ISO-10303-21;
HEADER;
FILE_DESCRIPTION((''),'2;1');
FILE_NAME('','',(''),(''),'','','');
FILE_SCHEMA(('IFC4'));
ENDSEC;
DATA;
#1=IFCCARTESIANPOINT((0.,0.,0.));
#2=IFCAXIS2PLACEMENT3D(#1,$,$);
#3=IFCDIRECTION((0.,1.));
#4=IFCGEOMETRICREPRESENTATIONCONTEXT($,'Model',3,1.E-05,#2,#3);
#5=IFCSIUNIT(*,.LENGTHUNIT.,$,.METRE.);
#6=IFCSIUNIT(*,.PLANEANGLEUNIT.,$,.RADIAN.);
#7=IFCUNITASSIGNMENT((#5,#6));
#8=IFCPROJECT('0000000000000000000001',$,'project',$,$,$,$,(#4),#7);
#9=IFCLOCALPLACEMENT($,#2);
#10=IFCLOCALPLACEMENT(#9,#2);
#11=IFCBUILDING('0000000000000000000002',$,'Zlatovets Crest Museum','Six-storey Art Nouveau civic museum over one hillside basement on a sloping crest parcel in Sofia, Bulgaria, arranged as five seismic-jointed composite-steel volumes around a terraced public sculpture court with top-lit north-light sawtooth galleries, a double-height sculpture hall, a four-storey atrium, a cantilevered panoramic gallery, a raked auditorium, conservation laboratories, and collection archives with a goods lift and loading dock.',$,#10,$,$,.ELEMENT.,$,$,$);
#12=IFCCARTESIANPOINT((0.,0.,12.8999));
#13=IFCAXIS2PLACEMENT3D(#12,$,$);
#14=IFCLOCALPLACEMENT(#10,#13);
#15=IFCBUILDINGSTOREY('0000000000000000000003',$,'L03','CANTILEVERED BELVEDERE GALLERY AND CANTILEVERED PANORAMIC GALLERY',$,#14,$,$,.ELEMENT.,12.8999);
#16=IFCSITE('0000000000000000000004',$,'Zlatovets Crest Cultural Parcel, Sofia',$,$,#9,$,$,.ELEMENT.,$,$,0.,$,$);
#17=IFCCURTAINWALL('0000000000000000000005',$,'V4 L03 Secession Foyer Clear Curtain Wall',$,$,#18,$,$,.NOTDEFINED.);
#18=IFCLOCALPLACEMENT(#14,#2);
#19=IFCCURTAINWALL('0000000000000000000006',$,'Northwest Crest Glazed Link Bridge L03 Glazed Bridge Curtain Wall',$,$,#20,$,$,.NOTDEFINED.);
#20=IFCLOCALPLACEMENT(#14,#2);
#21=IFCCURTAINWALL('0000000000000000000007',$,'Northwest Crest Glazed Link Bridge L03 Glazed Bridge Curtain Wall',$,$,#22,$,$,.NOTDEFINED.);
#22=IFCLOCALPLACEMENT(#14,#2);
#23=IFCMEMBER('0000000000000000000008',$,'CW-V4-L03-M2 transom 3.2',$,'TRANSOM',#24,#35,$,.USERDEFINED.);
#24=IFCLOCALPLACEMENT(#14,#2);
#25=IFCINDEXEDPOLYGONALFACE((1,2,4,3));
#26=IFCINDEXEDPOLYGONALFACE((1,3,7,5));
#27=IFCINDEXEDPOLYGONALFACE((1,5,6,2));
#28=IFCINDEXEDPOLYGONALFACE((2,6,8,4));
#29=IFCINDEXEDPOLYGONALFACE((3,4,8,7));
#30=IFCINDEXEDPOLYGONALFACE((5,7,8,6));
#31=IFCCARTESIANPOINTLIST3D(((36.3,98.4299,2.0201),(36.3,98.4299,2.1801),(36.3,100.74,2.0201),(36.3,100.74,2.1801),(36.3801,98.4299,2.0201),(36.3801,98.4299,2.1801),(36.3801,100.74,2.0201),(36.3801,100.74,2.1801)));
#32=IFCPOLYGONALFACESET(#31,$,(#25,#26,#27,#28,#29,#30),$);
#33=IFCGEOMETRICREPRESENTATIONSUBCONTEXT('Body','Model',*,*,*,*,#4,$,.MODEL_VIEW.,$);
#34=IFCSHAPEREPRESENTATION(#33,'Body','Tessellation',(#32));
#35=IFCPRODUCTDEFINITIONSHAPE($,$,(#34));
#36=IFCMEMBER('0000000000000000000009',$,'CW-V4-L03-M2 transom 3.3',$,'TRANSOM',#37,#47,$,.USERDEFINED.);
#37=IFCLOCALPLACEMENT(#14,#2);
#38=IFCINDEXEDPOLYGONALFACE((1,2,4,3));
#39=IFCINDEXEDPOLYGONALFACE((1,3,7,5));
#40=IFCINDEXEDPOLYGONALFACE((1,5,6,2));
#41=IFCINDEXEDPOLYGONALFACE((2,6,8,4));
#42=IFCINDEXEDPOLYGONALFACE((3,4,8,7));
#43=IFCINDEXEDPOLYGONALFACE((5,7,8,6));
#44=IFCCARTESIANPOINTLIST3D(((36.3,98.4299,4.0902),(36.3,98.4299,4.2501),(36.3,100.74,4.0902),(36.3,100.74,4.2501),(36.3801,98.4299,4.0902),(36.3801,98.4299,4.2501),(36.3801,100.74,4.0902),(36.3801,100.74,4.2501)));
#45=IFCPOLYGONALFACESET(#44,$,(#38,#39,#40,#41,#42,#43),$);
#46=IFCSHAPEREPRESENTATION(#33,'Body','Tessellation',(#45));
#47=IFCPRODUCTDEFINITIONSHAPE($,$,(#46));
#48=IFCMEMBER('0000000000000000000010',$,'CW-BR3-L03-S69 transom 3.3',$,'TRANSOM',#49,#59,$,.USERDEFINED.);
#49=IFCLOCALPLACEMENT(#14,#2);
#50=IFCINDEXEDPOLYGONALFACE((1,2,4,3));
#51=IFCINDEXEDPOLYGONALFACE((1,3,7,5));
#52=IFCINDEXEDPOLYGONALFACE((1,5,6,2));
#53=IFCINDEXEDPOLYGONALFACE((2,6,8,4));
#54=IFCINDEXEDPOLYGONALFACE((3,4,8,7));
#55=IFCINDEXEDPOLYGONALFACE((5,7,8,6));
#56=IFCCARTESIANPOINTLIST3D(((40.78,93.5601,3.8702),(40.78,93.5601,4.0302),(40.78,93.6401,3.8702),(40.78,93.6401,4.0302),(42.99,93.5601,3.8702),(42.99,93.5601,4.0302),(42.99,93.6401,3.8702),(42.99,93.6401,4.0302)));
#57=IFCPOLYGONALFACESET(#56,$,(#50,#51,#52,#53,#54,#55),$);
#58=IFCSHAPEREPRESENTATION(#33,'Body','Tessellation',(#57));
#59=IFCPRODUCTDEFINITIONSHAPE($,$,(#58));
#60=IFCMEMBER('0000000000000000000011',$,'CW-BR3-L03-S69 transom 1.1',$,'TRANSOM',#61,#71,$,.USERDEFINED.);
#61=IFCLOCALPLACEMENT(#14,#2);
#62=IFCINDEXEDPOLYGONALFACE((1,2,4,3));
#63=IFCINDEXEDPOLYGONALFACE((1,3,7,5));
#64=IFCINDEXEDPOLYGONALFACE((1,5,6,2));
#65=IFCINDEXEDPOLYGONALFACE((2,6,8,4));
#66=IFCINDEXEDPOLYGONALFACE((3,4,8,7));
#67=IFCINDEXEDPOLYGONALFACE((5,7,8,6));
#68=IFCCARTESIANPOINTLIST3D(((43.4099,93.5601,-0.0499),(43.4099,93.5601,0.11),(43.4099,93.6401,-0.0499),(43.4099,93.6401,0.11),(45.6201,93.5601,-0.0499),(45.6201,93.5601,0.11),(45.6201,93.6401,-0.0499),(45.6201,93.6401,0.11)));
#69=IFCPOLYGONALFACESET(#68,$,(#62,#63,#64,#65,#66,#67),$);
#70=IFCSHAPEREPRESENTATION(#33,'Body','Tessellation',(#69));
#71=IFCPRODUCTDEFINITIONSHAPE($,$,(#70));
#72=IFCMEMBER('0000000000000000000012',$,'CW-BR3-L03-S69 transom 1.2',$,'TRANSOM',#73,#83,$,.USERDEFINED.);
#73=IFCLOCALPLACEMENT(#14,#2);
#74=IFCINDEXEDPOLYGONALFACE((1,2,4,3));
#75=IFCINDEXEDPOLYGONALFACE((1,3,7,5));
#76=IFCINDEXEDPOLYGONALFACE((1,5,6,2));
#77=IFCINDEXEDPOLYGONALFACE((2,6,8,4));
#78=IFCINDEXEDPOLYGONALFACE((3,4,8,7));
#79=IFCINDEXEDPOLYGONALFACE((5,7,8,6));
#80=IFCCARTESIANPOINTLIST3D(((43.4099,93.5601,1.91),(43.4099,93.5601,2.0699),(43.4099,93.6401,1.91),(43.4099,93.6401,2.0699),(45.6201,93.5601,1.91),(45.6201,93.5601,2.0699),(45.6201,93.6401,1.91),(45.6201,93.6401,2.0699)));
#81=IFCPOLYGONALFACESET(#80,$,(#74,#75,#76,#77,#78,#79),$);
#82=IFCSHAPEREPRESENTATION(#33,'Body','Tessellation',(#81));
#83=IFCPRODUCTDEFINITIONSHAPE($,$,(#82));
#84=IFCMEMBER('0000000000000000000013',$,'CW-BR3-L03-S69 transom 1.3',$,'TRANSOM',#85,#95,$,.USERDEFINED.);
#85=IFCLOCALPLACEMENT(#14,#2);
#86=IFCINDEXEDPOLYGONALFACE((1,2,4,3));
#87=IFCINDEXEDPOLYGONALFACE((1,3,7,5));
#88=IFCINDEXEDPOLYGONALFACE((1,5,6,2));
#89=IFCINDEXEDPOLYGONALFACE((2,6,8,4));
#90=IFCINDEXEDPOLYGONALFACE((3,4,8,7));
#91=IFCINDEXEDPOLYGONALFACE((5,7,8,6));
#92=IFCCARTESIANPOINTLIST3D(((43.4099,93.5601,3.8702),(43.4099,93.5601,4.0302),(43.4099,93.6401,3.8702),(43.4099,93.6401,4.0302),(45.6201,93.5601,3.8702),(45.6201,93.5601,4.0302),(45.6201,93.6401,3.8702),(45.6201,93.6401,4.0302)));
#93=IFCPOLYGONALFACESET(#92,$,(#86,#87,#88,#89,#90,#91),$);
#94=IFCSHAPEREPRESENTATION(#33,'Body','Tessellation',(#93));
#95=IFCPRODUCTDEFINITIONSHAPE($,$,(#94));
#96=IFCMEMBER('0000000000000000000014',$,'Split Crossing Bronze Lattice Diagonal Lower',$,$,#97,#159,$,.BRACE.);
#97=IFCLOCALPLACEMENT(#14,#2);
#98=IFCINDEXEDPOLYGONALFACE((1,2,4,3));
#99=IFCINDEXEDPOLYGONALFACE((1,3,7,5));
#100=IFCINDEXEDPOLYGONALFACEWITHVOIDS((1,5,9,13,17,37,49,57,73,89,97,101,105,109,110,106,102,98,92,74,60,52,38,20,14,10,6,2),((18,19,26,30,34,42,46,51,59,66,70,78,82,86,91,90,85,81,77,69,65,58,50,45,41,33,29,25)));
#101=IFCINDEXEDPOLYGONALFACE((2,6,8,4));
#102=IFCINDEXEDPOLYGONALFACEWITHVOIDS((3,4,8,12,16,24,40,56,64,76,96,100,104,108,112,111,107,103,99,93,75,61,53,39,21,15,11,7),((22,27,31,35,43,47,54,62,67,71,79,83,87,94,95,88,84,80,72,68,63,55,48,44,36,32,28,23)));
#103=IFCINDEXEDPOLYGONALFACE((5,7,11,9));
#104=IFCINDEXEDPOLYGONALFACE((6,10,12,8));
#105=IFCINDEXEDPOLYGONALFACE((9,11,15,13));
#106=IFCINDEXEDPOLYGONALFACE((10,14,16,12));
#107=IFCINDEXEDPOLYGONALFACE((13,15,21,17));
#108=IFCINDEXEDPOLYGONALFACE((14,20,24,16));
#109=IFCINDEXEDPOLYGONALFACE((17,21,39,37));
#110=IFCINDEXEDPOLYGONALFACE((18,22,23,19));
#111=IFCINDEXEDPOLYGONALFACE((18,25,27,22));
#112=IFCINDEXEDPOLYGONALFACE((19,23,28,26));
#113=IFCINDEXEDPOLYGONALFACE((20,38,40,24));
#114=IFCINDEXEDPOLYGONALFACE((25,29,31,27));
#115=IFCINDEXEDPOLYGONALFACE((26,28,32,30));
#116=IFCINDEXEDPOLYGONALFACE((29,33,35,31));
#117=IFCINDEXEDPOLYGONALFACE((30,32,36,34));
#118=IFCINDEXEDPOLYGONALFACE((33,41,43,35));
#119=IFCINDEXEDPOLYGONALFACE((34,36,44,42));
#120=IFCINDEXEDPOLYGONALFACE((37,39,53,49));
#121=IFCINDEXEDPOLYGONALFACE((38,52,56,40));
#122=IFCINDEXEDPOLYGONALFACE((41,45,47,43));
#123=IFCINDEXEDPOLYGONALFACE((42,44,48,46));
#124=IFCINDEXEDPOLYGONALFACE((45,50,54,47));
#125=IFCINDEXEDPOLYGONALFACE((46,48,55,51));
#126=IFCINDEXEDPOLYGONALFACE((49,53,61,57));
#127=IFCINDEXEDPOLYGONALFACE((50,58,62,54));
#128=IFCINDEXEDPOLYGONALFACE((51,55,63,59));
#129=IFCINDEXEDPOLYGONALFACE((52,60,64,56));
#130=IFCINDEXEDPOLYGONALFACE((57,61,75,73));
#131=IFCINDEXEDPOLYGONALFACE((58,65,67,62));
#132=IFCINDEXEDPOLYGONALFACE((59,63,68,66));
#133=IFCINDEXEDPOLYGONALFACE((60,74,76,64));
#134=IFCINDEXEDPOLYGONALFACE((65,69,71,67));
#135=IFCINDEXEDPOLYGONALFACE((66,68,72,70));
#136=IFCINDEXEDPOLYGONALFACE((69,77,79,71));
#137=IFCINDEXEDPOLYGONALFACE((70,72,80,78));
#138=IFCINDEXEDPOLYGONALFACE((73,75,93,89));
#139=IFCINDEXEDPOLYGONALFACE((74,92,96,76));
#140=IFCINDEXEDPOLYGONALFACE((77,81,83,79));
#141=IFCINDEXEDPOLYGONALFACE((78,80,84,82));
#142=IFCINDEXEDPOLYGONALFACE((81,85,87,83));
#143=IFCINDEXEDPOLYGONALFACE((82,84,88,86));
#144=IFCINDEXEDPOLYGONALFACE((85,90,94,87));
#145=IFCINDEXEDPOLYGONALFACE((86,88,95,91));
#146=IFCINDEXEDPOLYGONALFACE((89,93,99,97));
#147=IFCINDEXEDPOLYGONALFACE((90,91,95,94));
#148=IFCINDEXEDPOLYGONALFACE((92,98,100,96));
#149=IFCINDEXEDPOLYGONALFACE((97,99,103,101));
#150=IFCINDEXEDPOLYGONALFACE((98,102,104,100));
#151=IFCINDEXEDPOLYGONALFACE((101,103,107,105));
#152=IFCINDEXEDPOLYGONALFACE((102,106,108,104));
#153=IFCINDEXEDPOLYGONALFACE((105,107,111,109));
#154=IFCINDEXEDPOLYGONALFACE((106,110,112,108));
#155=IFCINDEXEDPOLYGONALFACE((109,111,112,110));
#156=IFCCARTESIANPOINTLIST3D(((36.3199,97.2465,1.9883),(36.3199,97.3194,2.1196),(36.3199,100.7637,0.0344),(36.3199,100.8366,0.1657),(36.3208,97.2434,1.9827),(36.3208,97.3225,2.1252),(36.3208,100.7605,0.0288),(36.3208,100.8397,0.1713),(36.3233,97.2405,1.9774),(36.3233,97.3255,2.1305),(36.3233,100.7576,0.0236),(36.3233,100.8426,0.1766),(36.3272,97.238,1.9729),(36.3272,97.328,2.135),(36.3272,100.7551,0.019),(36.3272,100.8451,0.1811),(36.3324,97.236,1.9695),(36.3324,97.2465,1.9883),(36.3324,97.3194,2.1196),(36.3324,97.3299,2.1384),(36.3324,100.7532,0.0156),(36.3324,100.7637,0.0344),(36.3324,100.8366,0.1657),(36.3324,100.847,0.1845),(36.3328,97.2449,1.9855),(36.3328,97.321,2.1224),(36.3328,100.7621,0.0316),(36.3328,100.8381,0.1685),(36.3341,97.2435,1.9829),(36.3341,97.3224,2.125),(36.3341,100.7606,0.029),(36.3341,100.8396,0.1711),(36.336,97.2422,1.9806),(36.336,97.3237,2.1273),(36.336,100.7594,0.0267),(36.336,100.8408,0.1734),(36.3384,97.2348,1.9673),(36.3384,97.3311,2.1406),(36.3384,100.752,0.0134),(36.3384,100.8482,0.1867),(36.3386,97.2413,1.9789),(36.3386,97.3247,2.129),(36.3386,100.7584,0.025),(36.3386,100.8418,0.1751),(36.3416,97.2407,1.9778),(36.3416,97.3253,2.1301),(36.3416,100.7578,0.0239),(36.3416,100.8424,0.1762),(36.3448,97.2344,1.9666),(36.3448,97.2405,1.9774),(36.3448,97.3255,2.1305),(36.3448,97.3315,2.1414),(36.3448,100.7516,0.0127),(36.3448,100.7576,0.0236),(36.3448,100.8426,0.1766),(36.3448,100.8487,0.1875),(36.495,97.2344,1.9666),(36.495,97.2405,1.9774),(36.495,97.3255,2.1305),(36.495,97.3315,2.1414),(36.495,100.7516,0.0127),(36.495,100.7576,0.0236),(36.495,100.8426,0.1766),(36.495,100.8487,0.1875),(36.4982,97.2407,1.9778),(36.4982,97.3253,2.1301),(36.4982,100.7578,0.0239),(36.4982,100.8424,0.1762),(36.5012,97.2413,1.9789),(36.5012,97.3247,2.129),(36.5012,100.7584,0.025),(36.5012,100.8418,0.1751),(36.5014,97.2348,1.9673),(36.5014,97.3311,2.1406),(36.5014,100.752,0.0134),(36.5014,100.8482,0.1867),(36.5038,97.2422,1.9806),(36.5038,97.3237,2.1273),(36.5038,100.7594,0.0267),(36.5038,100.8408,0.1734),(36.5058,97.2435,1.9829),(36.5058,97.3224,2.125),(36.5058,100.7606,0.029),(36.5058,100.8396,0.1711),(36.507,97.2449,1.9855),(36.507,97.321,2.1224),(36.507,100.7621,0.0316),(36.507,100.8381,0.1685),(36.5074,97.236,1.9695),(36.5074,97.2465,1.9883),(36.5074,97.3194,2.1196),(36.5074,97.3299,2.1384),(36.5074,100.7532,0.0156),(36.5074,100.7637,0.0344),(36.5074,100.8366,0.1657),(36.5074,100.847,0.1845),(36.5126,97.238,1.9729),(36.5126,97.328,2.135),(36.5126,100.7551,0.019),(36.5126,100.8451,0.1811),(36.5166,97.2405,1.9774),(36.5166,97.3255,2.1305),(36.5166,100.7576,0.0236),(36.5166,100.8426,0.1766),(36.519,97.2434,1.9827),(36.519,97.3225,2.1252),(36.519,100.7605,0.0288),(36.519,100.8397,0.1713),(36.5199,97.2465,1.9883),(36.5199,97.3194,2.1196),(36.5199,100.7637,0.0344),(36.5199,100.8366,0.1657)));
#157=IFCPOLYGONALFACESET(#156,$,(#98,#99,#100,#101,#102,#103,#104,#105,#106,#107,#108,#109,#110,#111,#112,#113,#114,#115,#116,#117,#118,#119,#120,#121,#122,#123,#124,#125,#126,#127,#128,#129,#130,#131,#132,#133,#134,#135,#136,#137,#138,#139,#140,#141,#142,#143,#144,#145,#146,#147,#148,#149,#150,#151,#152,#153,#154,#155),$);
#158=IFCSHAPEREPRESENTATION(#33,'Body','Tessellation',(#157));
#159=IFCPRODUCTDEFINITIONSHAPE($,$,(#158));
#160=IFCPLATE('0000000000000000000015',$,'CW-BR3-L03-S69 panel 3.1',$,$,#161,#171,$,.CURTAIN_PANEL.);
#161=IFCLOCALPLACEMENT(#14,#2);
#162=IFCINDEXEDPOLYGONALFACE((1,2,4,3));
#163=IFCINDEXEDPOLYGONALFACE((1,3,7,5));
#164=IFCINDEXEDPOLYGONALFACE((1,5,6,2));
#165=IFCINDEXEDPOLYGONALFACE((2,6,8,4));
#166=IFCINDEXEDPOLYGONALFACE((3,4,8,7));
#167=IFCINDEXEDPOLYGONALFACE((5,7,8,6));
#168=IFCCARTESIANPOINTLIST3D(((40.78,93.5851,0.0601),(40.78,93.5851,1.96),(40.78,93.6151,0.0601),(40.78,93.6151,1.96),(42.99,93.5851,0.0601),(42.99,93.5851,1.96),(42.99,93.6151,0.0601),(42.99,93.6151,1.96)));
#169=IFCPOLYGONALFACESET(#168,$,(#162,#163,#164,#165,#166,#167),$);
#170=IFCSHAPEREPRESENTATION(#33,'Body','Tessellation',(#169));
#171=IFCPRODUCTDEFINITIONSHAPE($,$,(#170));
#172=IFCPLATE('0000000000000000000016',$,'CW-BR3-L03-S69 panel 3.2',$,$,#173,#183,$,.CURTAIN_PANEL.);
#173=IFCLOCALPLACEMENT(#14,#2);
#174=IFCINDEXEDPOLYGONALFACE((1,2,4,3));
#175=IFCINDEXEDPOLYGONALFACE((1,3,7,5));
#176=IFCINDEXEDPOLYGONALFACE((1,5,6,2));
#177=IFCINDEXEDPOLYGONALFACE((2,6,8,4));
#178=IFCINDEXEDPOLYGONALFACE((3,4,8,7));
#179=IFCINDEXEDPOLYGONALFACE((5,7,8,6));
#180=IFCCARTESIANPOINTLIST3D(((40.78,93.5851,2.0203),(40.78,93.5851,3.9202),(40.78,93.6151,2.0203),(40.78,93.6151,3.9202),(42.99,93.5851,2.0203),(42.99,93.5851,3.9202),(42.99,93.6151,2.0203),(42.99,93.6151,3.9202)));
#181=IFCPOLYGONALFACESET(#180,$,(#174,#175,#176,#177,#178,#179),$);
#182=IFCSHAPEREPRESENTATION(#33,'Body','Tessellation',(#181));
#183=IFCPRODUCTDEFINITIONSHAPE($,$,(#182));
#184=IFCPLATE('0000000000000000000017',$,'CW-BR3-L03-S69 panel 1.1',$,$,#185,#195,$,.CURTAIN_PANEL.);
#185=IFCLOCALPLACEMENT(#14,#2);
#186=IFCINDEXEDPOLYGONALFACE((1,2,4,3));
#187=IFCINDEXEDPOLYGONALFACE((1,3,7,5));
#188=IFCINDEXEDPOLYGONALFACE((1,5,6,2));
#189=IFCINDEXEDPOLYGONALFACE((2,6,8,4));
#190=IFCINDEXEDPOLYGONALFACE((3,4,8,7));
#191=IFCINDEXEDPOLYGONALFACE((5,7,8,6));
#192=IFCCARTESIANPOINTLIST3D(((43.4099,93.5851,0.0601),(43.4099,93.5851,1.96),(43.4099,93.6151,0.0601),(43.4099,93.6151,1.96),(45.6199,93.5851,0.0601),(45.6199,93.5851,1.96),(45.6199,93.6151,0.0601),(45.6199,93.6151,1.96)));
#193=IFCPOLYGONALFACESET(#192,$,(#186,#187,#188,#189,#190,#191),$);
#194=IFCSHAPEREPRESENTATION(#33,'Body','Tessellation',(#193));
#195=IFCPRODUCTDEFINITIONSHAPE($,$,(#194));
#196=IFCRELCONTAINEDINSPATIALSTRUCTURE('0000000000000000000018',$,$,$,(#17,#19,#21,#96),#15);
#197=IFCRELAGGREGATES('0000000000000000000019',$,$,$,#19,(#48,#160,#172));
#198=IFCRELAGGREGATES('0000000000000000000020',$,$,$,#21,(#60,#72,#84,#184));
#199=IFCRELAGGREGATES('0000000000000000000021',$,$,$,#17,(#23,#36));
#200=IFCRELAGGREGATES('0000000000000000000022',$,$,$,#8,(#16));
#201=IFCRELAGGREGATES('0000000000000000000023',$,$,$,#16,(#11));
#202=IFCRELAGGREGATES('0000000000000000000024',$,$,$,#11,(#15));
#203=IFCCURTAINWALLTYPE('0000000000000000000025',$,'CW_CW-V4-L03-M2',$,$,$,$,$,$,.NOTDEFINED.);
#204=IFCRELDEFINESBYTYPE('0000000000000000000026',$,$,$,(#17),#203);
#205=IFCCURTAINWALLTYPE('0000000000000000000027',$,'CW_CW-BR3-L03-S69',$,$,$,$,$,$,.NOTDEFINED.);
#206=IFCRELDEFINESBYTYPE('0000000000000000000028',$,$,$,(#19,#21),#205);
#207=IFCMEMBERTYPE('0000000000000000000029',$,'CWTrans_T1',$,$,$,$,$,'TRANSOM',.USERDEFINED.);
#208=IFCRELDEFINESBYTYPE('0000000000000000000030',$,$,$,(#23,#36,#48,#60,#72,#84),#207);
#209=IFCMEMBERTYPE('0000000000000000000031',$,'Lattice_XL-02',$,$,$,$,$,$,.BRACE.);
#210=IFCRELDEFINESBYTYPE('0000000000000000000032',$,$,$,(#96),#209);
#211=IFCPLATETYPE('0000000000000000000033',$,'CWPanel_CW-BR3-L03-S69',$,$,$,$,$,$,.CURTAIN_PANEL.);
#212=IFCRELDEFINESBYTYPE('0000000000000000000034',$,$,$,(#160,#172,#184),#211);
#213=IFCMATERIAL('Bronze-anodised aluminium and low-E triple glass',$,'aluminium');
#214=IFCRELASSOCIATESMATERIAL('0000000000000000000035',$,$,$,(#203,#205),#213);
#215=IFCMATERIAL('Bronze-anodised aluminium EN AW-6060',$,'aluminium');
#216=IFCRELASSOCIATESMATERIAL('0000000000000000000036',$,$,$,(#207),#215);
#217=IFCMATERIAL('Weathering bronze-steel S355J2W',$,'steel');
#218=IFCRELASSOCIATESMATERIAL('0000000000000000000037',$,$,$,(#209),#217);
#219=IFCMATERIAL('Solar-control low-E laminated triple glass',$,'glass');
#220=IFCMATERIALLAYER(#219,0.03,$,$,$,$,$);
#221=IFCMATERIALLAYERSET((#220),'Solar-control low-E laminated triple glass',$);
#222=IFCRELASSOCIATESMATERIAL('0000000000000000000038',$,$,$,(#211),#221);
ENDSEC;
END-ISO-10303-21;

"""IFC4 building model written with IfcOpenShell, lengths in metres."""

from ifc_helpers import new_model, si_unit, direction, frame, origin, origin_2d, place, context, subcontext, project, spatial, rectangle, hollow_rectangle, extrude, material, layer, layer_set, material_profile, profile_set, type_object, element, aggregate, save


model = new_model("IFC4")

# Units and contexts
model_context = context("Model", 3, precision=1e-05, world=origin(), true_north=direction((0.0, 1.0)))
body_context = subcontext(model_context, "Body", "Model", "MODEL_VIEW")
ifc_project = project(units=[si_unit("LENGTHUNIT", "METRE"), si_unit("PLANEANGLEUNIT", "RADIAN")], contexts=[model_context])

# Site, building, storey
site_placement = place(None, origin())
site = spatial("IfcSite", under=ifc_project, at=site_placement, Name="Zlatovets Crest Cultural Parcel, Sofia", CompositionType="ELEMENT", RefElevation=0.0)
building_placement = place(site_placement, origin())
building = spatial("IfcBuilding", under=site, at=building_placement, Name="Zlatovets Crest Museum", Description="Six-storey Art Nouveau civic museum over one hillside basement on a sloping crest parcel in Sofia, Bulgaria, arranged as five seismic-jointed composite-steel volumes around a terraced public sculpture court with top-lit north-light sawtooth galleries, a double-height sculpture hall, a four-storey atrium, a cantilevered panoramic gallery, a raked auditorium, conservation laboratories, and collection archives with a goods lift and loading dock.", CompositionType="ELEMENT")
storey_placement = place(building_placement, frame((0.0, 0.0, 12.8999)))
storey = spatial("IfcBuildingStorey", under=building, at=storey_placement, Name="L03", Description="CANTILEVERED BELVEDERE GALLERY AND CANTILEVERED PANORAMIC GALLERY", CompositionType="ELEMENT", Elevation=12.8999)

# Curtain wall
ifc_material_1 = material(Name="Bronze-anodised aluminium and low-E triple glass", Category="aluminium")
curtain_wall_type_1 = type_object("IfcCurtainWallType", Name="CW_CW-V4-L03-M2", PredefinedType="NOTDEFINED", material=ifc_material_1)
curtain_wall_1_placement = place(storey_placement, origin())
curtain_wall_1 = element("IfcCurtainWall", 1, at=curtain_wall_1_placement, inside=storey, type_object=curtain_wall_type_1, Name="V4 L03 Secession Foyer Clear Curtain Wall", PredefinedType="NOTDEFINED")
ifc_material_2 = material(Name="Bronze-anodised aluminium EN AW-6060", Category="aluminium")

# Curtain walls
curtain_wall_type_2 = type_object("IfcCurtainWallType", Name="CW_CW-BR3-L03-S69", PredefinedType="NOTDEFINED", material=ifc_material_1)
curtain_wall_2_placement = place(storey_placement, origin())
curtain_wall_2 = element("IfcCurtainWall", 2, at=curtain_wall_2_placement, inside=storey, type_object=curtain_wall_type_2, Name="Northwest Crest Glazed Link Bridge L03 Glazed Bridge Curtain Wall", PredefinedType="NOTDEFINED")
curtain_wall_3_placement = place(storey_placement, origin())
curtain_wall_3 = element("IfcCurtainWall", 3, at=curtain_wall_3_placement, inside=storey, type_object=curtain_wall_type_2, Name="Northwest Crest Glazed Link Bridge L03 Glazed Bridge Curtain Wall", PredefinedType="NOTDEFINED")

# Members
ifc_material_profile_1 = material_profile(ifc_material_2, rectangle(XDim=0.0801, YDim=0.1599, at=origin_2d()), Name="ALU 80x160")
ifc_profile_set_1 = profile_set([ifc_material_profile_1], Name="Bronze-anodised aluminium EN AW-6060")
member_type_1 = type_object("IfcMemberType", Name="CWTrans_T1", ElementType="TRANSOM", PredefinedType="USERDEFINED", material=ifc_profile_set_1)
member_1_placement = place(storey_placement, frame((36.3401, 98.4299, 2.1001), z_axis=(0.0, 1.0, 0.0), x_axis=(-1.0, 0.0, 0.0)))
member_1 = element("IfcMember", 4, at=member_1_placement, type_object=member_type_1, Name="CW-V4-L03-M2 transom 3.2", ObjectType="TRANSOM", PredefinedType="USERDEFINED", context=body_context, shape_type="SweptSolid", body=[
    extrude(rectangle(XDim=0.0801, YDim=0.1599, at=origin_2d()), origin(), (0.0, 0.0, 1.0), 2.3101),
])
member_2_placement = place(storey_placement, frame((36.3401, 98.4299, 4.1702), z_axis=(0.0, 1.0, 0.0), x_axis=(-1.0, 0.0, 0.0)))
member_2 = element("IfcMember", 5, at=member_2_placement, type_object=member_type_1, Name="CW-V4-L03-M2 transom 3.3", ObjectType="TRANSOM", PredefinedType="USERDEFINED", context=body_context, shape_type="SweptSolid", body=[
    extrude(rectangle(XDim=0.0801, YDim=0.1599, at=origin_2d()), origin(), (0.0, 0.0, 1.0), 2.3101),
])
member_3_placement = place(storey_placement, frame((40.78, 93.6001, 3.9502), z_axis=(1.0, 0.0, 0.0), x_axis=(0.0, 1.0, 0.0)))
member_3 = element("IfcMember", 6, at=member_3_placement, type_object=member_type_1, Name="CW-BR3-L03-S69 transom 3.3", ObjectType="TRANSOM", PredefinedType="USERDEFINED", context=body_context, shape_type="SweptSolid", body=[
    extrude(rectangle(XDim=0.0801, YDim=0.1599, at=origin_2d()), origin(), (0.0, 0.0, 1.0), 2.21),
])
member_4_placement = place(storey_placement, frame((43.4099, 93.6001, 0.03), z_axis=(1.0, 0.0, 0.0), x_axis=(0.0, 1.0, 0.0)))
member_4 = element("IfcMember", 7, at=member_4_placement, type_object=member_type_1, Name="CW-BR3-L03-S69 transom 1.1", ObjectType="TRANSOM", PredefinedType="USERDEFINED", context=body_context, shape_type="SweptSolid", body=[
    extrude(rectangle(XDim=0.0801, YDim=0.1599, at=origin_2d()), origin(), (0.0, 0.0, 1.0), 2.2102),
])
member_5_placement = place(storey_placement, frame((43.4099, 93.6001, 1.99), z_axis=(1.0, 0.0, 0.0), x_axis=(0.0, 1.0, 0.0)))
member_5 = element("IfcMember", 8, at=member_5_placement, type_object=member_type_1, Name="CW-BR3-L03-S69 transom 1.2", ObjectType="TRANSOM", PredefinedType="USERDEFINED", context=body_context, shape_type="SweptSolid", body=[
    extrude(rectangle(XDim=0.0801, YDim=0.1599, at=origin_2d()), origin(), (0.0, 0.0, 1.0), 2.2102),
])
member_6_placement = place(storey_placement, frame((43.4099, 93.6001, 3.9502), z_axis=(1.0, 0.0, 0.0), x_axis=(0.0, 1.0, 0.0)))
member_6 = element("IfcMember", 9, at=member_6_placement, type_object=member_type_1, Name="CW-BR3-L03-S69 transom 1.3", ObjectType="TRANSOM", PredefinedType="USERDEFINED", context=body_context, shape_type="SweptSolid", body=[
    extrude(rectangle(XDim=0.0801, YDim=0.1599, at=origin_2d()), origin(), (0.0, 0.0, 1.0), 2.2102),
])
ifc_material_3 = material(Name="Weathering bronze-steel S355J2W", Category="steel")
ifc_material_profile_2 = material_profile(ifc_material_3, hollow_rectangle(XDim=0.2, YDim=0.2, WallThickness=0.0125, InnerFilletRadius=0.0125, OuterFilletRadius=0.0249, at=origin_2d()), Name="SHS 200x200x12.5")
ifc_profile_set_2 = profile_set([ifc_material_profile_2], Name="Weathering bronze-steel S355J2W")
member_type_2 = type_object("IfcMemberType", Name="Lattice_XL-02", PredefinedType="BRACE", material=ifc_profile_set_2)
member_7_placement = place(storey_placement, frame((36.4199, 97.283, 2.054), z_axis=(0.0, 0.874166, -0.485627), x_axis=(-1.0, 0.0, 0.0)))
element("IfcMember", 10, at=member_7_placement, inside=storey, type_object=member_type_2, Name="Split Crossing Bronze Lattice Diagonal Lower", PredefinedType="BRACE", context=body_context, shape_type="SweptSolid", body=[
    extrude(hollow_rectangle(XDim=0.2, YDim=0.2, WallThickness=0.0125, InnerFilletRadius=0.0125, OuterFilletRadius=0.0249, at=origin_2d()), origin(), (0.0, 0.0, 1.0), 4.0234),
])

# Plates
ifc_material_4 = material(Name="Solar-control low-E laminated triple glass", Category="glass")
ifc_layer_1 = layer(ifc_material_4, 0.03)
ifc_layer_set_1 = layer_set([ifc_layer_1], Name="Solar-control low-E laminated triple glass")
plate_type_1 = type_object("IfcPlateType", Name="CWPanel_CW-BR3-L03-S69", PredefinedType="CURTAIN_PANEL", material=ifc_layer_set_1)
plate_1_placement = place(storey_placement, frame((41.885, 93.6001, 0.0601), z_axis=(0.0, 0.0, 1.0), x_axis=(1.0, 0.0, 0.0)))
plate_1 = element("IfcPlate", 11, at=plate_1_placement, type_object=plate_type_1, Name="CW-BR3-L03-S69 panel 3.1", PredefinedType="CURTAIN_PANEL", context=body_context, shape_type="SweptSolid", body=[
    extrude(rectangle(XDim=2.21, YDim=0.03, at=origin_2d()), origin(), (0.0, 0.0, 1.0), 1.8999),
])
plate_2_placement = place(storey_placement, frame((41.885, 93.6001, 2.0203), z_axis=(0.0, 0.0, 1.0), x_axis=(1.0, 0.0, 0.0)))
plate_2 = element("IfcPlate", 12, at=plate_2_placement, type_object=plate_type_1, Name="CW-BR3-L03-S69 panel 3.2", PredefinedType="CURTAIN_PANEL", context=body_context, shape_type="SweptSolid", body=[
    extrude(rectangle(XDim=2.21, YDim=0.03, at=origin_2d()), origin(), (0.0, 0.0, 1.0), 1.8999),
])
aggregate(curtain_wall_2, [member_3, plate_1, plate_2])
plate_3_placement = place(storey_placement, frame((44.5149, 93.6001, 0.0601), z_axis=(0.0, 0.0, 1.0), x_axis=(1.0, 0.0, 0.0)))
plate_3 = element("IfcPlate", 13, at=plate_3_placement, type_object=plate_type_1, Name="CW-BR3-L03-S69 panel 1.1", PredefinedType="CURTAIN_PANEL", context=body_context, shape_type="SweptSolid", body=[
    extrude(rectangle(XDim=2.21, YDim=0.03, at=origin_2d()), origin(), (0.0, 0.0, 1.0), 1.8999),
])
aggregate(curtain_wall_3, [member_4, member_5, member_6, plate_3])
aggregate(curtain_wall_1, [member_1, member_2])

save(model, "model.ifc")
